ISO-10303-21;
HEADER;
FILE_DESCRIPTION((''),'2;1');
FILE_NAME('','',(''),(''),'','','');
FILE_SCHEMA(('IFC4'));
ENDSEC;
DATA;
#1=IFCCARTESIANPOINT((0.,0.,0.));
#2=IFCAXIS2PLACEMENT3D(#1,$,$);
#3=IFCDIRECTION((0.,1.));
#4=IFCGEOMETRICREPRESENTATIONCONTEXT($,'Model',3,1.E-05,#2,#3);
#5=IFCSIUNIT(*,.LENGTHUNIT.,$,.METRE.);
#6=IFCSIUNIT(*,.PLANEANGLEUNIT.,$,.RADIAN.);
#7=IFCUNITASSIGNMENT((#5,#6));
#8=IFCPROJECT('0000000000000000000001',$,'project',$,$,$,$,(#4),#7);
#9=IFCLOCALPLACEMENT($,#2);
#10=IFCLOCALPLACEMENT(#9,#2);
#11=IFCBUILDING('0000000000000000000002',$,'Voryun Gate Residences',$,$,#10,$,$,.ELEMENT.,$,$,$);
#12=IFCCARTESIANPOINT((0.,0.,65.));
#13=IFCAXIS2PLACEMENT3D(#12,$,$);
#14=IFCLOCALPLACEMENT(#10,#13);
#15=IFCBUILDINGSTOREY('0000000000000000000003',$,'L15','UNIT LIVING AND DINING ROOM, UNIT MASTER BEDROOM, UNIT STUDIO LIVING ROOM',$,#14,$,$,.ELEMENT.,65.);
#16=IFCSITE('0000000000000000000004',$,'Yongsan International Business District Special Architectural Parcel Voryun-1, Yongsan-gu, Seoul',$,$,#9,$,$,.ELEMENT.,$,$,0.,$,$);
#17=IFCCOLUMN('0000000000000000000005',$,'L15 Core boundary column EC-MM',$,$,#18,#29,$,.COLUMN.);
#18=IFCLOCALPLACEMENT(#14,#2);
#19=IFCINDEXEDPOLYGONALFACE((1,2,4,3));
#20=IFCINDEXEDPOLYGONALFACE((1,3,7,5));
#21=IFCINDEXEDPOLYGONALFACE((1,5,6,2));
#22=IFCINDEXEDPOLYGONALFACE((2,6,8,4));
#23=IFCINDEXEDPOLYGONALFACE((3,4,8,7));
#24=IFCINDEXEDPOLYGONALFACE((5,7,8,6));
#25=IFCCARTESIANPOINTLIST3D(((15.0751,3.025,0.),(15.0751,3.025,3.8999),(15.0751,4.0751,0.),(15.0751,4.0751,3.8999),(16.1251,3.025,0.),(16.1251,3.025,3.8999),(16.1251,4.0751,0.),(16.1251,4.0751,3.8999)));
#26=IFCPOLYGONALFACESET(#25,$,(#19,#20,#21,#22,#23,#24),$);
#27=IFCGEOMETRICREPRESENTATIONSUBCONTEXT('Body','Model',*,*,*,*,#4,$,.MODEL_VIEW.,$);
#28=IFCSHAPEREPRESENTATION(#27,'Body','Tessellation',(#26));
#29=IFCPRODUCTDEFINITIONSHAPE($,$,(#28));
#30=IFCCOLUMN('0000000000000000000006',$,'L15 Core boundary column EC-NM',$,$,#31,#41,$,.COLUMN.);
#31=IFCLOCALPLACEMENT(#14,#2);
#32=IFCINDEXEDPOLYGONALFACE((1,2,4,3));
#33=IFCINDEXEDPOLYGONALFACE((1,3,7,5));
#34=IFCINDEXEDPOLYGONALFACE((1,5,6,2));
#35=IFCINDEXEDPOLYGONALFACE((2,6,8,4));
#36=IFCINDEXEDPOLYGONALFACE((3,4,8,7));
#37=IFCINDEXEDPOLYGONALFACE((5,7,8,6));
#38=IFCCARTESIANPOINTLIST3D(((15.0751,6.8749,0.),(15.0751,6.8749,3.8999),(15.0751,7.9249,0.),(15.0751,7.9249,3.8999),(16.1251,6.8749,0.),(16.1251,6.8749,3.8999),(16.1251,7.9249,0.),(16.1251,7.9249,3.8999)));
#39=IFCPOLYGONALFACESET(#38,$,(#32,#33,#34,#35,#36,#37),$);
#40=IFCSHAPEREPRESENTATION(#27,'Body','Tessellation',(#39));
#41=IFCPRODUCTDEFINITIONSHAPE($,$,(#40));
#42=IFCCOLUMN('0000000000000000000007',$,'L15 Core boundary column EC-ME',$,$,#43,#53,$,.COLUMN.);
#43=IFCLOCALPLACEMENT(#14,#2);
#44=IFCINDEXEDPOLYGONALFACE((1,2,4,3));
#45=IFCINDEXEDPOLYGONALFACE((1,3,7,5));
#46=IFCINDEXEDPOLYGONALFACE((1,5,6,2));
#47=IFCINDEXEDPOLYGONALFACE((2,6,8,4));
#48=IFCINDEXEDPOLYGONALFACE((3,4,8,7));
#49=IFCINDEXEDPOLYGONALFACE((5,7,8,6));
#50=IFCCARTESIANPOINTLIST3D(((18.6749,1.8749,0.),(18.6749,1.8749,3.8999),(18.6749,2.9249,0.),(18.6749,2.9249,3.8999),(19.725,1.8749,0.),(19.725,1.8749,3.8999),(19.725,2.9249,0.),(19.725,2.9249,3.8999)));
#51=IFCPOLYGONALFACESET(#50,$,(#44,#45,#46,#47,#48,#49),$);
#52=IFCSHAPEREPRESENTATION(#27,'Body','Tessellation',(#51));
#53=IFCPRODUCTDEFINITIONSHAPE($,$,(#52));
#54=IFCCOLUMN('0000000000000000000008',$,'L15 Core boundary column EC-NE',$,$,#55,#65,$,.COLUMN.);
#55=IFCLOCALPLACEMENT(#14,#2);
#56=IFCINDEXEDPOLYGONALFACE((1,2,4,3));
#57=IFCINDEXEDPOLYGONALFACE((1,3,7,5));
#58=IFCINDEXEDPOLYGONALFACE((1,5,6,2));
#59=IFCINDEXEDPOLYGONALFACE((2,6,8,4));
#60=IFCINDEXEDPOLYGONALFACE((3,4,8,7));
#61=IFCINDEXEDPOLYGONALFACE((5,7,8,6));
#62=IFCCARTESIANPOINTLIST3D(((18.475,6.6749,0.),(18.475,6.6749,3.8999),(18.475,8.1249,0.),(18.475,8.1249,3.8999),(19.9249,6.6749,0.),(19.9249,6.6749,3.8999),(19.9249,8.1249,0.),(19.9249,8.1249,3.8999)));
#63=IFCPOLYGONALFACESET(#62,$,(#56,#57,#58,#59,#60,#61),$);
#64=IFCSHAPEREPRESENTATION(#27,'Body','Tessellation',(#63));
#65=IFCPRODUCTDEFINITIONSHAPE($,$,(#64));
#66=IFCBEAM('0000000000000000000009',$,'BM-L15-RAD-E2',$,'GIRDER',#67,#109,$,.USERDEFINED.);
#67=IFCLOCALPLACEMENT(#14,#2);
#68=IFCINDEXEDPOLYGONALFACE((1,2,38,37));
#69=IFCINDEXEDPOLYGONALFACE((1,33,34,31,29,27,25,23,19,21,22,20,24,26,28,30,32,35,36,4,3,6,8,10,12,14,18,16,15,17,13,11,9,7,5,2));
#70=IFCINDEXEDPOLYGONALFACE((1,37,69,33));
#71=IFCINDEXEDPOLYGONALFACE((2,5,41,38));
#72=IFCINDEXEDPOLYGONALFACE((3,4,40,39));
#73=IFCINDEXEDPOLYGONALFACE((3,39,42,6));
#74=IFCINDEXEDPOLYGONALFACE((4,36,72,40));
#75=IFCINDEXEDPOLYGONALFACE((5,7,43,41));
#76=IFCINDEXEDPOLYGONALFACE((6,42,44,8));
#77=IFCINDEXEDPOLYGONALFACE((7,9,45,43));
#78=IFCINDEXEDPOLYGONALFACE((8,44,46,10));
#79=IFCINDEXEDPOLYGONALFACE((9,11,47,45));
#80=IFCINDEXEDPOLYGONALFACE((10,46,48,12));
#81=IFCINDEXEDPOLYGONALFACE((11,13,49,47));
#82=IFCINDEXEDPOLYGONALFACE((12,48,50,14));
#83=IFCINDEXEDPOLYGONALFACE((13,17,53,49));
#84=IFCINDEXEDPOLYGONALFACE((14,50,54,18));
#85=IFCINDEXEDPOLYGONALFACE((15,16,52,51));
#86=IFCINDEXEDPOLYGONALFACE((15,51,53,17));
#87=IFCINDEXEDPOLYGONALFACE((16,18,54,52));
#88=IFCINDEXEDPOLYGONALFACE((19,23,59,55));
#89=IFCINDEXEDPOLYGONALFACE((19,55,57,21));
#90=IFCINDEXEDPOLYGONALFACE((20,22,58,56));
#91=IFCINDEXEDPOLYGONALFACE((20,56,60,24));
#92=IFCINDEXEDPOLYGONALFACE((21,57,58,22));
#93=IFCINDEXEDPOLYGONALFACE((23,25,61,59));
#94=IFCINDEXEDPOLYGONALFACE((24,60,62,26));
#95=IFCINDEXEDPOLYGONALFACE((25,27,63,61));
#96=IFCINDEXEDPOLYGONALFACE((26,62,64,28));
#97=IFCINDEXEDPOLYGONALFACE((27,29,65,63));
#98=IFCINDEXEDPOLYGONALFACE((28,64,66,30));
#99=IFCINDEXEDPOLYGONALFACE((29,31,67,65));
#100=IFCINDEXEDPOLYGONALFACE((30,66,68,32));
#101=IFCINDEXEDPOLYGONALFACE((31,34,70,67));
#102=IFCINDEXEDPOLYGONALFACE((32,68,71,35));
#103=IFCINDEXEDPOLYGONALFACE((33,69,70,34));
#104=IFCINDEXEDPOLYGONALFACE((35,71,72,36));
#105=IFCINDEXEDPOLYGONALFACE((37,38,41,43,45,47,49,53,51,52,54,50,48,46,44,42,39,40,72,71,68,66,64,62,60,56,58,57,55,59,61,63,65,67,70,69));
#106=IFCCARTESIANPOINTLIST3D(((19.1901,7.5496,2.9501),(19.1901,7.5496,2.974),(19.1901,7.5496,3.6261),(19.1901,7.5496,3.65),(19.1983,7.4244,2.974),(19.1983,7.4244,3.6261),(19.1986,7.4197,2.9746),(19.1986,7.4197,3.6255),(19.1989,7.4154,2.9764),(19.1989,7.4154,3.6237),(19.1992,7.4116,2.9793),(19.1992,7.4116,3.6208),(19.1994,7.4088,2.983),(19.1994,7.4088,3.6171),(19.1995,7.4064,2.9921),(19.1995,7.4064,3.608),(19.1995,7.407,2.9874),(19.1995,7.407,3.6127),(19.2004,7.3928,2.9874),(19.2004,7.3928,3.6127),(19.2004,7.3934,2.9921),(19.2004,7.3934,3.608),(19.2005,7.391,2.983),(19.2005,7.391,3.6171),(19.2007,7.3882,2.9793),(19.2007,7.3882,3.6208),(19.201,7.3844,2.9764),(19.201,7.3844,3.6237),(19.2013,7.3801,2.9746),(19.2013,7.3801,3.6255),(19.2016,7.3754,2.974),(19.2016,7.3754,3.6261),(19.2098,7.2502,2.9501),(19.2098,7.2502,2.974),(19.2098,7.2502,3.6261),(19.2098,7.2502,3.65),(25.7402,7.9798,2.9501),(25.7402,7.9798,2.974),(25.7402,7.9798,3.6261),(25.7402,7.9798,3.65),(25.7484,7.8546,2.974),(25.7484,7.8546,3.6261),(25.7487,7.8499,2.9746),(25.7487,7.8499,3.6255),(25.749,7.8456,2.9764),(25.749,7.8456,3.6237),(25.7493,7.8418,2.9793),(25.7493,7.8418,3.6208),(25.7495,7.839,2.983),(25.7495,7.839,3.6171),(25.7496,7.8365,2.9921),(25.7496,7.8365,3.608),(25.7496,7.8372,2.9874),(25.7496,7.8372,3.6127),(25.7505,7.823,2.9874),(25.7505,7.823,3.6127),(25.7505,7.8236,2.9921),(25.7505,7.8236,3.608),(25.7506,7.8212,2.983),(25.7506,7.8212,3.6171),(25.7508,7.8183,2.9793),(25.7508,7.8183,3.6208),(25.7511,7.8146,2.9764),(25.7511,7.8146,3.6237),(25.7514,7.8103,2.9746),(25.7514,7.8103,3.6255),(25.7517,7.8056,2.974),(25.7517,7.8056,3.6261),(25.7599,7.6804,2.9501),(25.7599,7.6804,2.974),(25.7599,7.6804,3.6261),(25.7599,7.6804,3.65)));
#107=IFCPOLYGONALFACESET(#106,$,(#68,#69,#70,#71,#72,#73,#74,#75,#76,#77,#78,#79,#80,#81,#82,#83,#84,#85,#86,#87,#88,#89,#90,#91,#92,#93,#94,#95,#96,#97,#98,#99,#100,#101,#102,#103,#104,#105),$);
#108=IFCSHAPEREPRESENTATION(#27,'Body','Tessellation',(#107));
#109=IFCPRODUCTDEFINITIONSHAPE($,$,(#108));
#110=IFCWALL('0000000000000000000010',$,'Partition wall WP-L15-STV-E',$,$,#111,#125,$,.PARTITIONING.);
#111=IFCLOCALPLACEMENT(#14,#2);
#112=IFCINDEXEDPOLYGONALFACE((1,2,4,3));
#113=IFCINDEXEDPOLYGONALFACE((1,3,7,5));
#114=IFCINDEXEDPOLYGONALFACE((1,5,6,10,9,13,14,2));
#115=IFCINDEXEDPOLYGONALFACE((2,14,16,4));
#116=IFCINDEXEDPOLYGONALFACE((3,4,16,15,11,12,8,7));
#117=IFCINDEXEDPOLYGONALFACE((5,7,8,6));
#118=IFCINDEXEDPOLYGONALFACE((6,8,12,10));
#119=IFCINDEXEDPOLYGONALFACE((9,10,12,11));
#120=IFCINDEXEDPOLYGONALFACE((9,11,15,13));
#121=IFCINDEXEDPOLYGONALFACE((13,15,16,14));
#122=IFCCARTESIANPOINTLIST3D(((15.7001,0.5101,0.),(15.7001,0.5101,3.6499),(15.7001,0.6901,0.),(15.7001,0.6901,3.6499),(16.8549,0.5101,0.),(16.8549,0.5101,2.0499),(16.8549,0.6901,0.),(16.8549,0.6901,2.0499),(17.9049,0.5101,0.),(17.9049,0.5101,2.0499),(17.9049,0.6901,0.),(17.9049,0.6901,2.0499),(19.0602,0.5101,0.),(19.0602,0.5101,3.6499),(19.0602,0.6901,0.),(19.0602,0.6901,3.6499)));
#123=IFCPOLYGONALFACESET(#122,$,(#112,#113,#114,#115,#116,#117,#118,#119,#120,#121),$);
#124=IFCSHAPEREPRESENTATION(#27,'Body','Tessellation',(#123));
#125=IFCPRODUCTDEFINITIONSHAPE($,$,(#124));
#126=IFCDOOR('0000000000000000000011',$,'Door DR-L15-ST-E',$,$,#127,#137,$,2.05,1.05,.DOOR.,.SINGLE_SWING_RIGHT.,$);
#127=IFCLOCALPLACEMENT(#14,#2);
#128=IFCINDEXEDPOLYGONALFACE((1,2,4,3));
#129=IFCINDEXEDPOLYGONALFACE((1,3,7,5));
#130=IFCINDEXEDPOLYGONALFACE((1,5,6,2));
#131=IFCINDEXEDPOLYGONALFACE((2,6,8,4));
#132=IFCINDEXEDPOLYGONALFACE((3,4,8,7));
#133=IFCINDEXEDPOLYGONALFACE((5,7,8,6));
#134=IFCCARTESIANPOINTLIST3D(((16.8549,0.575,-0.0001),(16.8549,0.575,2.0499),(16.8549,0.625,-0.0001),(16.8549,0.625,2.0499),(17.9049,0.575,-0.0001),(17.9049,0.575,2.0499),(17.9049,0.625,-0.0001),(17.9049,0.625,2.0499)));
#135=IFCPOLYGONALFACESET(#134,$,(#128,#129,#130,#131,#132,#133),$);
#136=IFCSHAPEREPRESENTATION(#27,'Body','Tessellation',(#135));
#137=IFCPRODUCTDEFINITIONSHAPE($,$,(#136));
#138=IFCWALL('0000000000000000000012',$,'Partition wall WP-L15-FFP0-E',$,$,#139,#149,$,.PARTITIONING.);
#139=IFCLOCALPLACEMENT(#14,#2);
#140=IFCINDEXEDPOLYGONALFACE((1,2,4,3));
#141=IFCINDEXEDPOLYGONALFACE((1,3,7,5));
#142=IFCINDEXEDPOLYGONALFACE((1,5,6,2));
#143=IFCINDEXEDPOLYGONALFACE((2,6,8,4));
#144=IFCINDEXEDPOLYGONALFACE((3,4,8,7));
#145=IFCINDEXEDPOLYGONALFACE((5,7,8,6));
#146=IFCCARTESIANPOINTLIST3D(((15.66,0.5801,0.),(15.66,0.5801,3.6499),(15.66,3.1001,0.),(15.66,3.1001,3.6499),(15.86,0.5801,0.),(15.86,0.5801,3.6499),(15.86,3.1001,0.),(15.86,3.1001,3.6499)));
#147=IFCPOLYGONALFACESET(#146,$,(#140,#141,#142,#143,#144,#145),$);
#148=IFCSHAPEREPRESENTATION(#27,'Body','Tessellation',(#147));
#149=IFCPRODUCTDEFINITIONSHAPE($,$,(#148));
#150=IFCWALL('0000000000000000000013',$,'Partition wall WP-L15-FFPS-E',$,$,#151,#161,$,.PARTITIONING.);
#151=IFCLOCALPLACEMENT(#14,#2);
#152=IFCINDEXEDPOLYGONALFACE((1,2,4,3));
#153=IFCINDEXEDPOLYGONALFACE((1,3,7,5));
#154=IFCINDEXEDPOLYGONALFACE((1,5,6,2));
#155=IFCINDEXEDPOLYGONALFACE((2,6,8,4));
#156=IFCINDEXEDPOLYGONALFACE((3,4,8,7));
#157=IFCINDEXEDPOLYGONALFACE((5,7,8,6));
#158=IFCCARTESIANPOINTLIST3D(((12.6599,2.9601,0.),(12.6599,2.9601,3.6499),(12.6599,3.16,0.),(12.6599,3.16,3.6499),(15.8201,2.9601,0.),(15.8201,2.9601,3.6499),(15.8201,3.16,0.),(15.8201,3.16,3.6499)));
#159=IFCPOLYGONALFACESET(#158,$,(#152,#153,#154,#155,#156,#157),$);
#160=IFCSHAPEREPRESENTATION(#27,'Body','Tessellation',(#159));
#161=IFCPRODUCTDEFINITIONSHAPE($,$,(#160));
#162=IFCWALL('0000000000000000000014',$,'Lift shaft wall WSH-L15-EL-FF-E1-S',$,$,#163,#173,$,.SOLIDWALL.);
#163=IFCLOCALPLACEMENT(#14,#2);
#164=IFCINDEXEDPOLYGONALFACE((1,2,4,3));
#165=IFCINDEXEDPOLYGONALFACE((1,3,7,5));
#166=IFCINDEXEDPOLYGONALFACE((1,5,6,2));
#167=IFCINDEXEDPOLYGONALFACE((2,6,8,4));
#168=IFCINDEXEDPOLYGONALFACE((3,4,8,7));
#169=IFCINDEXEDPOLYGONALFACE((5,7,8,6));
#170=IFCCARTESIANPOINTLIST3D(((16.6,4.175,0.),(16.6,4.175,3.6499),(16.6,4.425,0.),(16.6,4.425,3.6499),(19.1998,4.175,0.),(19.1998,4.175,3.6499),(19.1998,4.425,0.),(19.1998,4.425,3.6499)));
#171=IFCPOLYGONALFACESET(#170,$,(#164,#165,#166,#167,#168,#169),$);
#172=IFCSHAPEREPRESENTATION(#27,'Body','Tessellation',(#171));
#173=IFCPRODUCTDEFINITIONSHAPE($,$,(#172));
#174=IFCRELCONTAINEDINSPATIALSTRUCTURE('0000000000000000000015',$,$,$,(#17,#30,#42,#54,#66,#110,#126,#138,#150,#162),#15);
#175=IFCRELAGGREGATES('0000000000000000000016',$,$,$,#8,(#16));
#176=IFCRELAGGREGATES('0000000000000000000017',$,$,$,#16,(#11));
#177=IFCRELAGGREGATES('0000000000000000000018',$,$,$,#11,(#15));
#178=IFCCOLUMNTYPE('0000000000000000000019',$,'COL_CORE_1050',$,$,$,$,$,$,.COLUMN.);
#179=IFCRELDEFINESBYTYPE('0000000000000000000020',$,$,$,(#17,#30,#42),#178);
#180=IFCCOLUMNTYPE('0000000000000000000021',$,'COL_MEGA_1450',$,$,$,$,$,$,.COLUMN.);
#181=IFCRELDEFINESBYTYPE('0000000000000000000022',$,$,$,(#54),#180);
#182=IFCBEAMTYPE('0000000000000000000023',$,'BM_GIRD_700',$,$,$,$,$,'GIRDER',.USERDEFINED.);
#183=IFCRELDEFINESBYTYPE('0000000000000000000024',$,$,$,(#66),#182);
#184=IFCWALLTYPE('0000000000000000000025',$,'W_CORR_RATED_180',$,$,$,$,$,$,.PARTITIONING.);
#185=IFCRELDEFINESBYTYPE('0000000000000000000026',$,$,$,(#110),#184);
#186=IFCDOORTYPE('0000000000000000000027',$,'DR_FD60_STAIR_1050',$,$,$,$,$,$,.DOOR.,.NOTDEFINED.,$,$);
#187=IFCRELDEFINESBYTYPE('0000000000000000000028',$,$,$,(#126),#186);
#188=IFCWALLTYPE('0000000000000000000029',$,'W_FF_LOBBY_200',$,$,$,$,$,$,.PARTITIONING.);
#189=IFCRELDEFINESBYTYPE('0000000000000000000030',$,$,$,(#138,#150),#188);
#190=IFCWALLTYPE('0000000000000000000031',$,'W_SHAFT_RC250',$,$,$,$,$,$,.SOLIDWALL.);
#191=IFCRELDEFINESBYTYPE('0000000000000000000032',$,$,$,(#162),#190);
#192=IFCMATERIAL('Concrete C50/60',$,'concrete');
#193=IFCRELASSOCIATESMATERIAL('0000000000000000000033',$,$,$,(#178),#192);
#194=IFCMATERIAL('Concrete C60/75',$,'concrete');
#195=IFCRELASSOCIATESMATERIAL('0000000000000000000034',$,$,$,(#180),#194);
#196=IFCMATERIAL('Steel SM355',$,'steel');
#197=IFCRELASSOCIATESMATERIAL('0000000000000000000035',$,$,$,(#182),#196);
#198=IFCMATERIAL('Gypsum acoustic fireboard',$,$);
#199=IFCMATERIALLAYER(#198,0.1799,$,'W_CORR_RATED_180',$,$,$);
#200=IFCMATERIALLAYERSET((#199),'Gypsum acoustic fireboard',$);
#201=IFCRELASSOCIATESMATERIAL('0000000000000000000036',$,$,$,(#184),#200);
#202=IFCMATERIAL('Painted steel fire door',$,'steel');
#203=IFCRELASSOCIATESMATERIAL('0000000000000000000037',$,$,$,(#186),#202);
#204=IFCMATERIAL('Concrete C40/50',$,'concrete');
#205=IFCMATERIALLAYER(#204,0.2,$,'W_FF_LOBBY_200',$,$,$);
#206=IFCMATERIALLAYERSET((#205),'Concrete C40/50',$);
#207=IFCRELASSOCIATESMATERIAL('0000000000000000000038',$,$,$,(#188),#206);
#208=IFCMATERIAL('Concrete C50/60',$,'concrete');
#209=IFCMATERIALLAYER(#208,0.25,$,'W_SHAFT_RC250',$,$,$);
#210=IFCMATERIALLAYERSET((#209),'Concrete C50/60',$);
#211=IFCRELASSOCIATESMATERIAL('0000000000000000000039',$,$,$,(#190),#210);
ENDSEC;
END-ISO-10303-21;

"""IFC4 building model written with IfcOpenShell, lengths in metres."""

from ifc_helpers import new_model, si_unit, direction, frame, frame_2d, origin, origin_2d, place, context, subcontext, project, spatial, rectangle, i_section, extrude, material, layer, layer_set, material_profile, profile_set, type_object, element, fill, save


model = new_model("IFC4")

# Units and contexts
model_context = context("Model", 3, precision=1e-05, world=origin(), true_north=direction((0.0, 1.0)))
body_context = subcontext(model_context, "Body", "Model", "MODEL_VIEW")
ifc_project = project(units=[si_unit("LENGTHUNIT", "METRE"), si_unit("PLANEANGLEUNIT", "RADIAN")], contexts=[model_context])

# Site, building, storey
site_placement = place(None, origin())
site = spatial("IfcSite", under=ifc_project, at=site_placement, Name="Yongsan International Business District Special Architectural Parcel Voryun-1, Yongsan-gu, Seoul", CompositionType="ELEMENT", RefElevation=0.0)
building_placement = place(site_placement, origin())
building = spatial("IfcBuilding", under=site, at=building_placement, Name="Voryun Gate Residences", CompositionType="ELEMENT")
storey_placement = place(building_placement, frame((0.0, 0.0, 65.0)))
storey = spatial("IfcBuildingStorey", under=building, at=storey_placement, Name="L15", Description="UNIT LIVING AND DINING ROOM, UNIT MASTER BEDROOM, UNIT STUDIO LIVING ROOM", CompositionType="ELEMENT", Elevation=65.0)

# Columns
ifc_material_1 = material(Name="Concrete C50/60", Category="concrete")
ifc_material_profile_1 = material_profile(ifc_material_1, rectangle(XDim=1.05, YDim=1.05, at=origin_2d()), Name="RC-1050x1050")
ifc_profile_set_1 = profile_set([ifc_material_profile_1], Name="Concrete C50/60")
column_type_1 = type_object("IfcColumnType", Name="COL_CORE_1050", PredefinedType="COLUMN", material=ifc_profile_set_1)
for number, where, z_axis, x_axis, name in (
    (1, (15.6001, 3.55, 0.0), (0.0, 0.0, 1.0), (1.0, 0.0, 0.0), "L15 Core boundary column EC-MM"),
    (2, (15.6001, 7.3999, 0.0), (0.0, 0.0, 1.0), (1.0, 0.0, 0.0), "L15 Core boundary column EC-NM"),
    (3, (19.2, 2.3999, 0.0), (0.0, 0.0, 1.0), (1.0, 0.0, 0.0), "L15 Core boundary column EC-ME"),
):
    element("IfcColumn", number, at=place(storey_placement, frame(where, z_axis=z_axis, x_axis=x_axis)), inside=storey, type_object=column_type_1, Name=name, PredefinedType="COLUMN", context=body_context, shape_type="SweptSolid", body=[
        extrude(rectangle(XDim=1.05, YDim=1.05, at=origin_2d()), origin(), (0.0, 0.0, 1.0), 3.8999),
    ])
ifc_material_2 = material(Name="Concrete C60/75", Category="concrete")
ifc_material_profile_2 = material_profile(ifc_material_2, rectangle(XDim=1.45, YDim=1.45, at=origin_2d()), Name="RC-1450x1450")
ifc_profile_set_2 = profile_set([ifc_material_profile_2], Name="Concrete C60/75")
column_type_2 = type_object("IfcColumnType", Name="COL_MEGA_1450", PredefinedType="COLUMN", material=ifc_profile_set_2)
column_placement = place(storey_placement, frame((19.2, 7.3999, 0.0), z_axis=(0.0, 0.0, 1.0), x_axis=(1.0, 0.0, 0.0)))
element("IfcColumn", 4, at=column_placement, inside=storey, type_object=column_type_2, Name="L15 Core boundary column EC-NE", PredefinedType="COLUMN", context=body_context, shape_type="SweptSolid", body=[
    extrude(rectangle(XDim=1.45, YDim=1.45, at=origin_2d()), origin(), (0.0, 0.0, 1.0), 3.8999),
])

# Beam
ifc_material_3 = material(Name="Steel SM355", Category="steel")
ifc_material_profile_3 = material_profile(ifc_material_3, i_section(OverallWidth=0.3, OverallDepth=0.7, WebThickness=0.0129, FlangeThickness=0.0239, FilletRadius=0.0181, at=origin_2d()), Name="H-700x300x13x24")
ifc_profile_set_3 = profile_set([ifc_material_profile_3], Name="Steel SM355")
beam_type = type_object("IfcBeamType", Name="BM_GIRD_700", ElementType="GIRDER", PredefinedType="USERDEFINED", material=ifc_profile_set_3)
beam_placement = place(storey_placement, frame((19.2, 7.3999, 3.3), z_axis=(0.99785, 0.065534, 0.0), x_axis=(-0.065534, 0.99785, 0.0)))
element("IfcBeam", 5, at=beam_placement, inside=storey, type_object=beam_type, Name="BM-L15-RAD-E2", ObjectType="GIRDER", PredefinedType="USERDEFINED", context=body_context, shape_type="SweptSolid", body=[
    extrude(i_section(OverallWidth=0.3, OverallDepth=0.7, WebThickness=0.0129, FlangeThickness=0.0239, FilletRadius=0.0181, at=origin_2d()), origin(), (0.0, 0.0, 1.0), 6.5642),
])

# Wall, opening, door
ifc_material_4 = material(Name="Gypsum acoustic fireboard")
ifc_layer_1 = layer(ifc_material_4, 0.1799, Name="W_CORR_RATED_180")
ifc_layer_set_1 = layer_set([ifc_layer_1], Name="Gypsum acoustic fireboard")
wall_type_1 = type_object("IfcWallType", Name="W_CORR_RATED_180", PredefinedType="PARTITIONING", material=ifc_layer_set_1)
wall_1_placement = place(storey_placement, frame((15.7, 0.6001, 0.0), z_axis=(0.0, 0.0, 1.0), x_axis=(1.0, 0.0, 0.0)))
wall_1 = element("IfcWall", 6, at=wall_1_placement, inside=storey, type_object=wall_type_1, Name="Partition wall WP-L15-STV-E", PredefinedType="PARTITIONING", context=body_context, shape_type="SweptSolid", body=[
    extrude(rectangle(XDim=3.3601, YDim=0.1799, at=frame_2d((1.6802, 0.0))), origin(), (0.0, 0.0, 1.0), 3.6499),
])
opening_1_placement = place(wall_1_placement, frame((1.155, 0.0, 0.0)))
opening_1 = element("IfcOpeningElement", 7, at=opening_1_placement, cuts=wall_1, PredefinedType="OPENING", context=body_context, shape_type="SweptSolid", body=[
    extrude(rectangle(XDim=1.05, YDim=2.05, at=frame_2d((0.5249, 1.0249))), frame((0.0, 0.0999, 0.0), z_axis=(0.0, -1.0, 0.0), x_axis=(1.0, 0.0, 0.0)), (0.0, 0.0, 1.0), 0.2),
])
ifc_material_5 = material(Name="Painted steel fire door", Category="steel")
door_type_1 = type_object("IfcDoorType", Name="DR_FD60_STAIR_1050", OperationType="NOTDEFINED", PredefinedType="DOOR", material=ifc_material_5)
door_1_placement = place(opening_1_placement, origin())
door_1 = element("IfcDoor", 8, at=door_1_placement, inside=storey, type_object=door_type_1, Name="Door DR-L15-ST-E", OperationType="SINGLE_SWING_RIGHT", OverallHeight=2.05, OverallWidth=1.05, PredefinedType="DOOR", context=body_context, shape_type="SweptSolid", body=[
    extrude(rectangle(XDim=1.05, YDim=2.05, at=frame_2d((0.5249, 1.0249))), frame((0.0, 0.0249, 0.0), z_axis=(0.0, -1.0, 0.0), x_axis=(1.0, 0.0, 0.0)), (0.0, 0.0, 1.0), 0.05),
])
fill(opening_1, door_1)

# Walls
ifc_material_6 = material(Name="Concrete C40/50", Category="concrete")
ifc_layer_2 = layer(ifc_material_6, 0.2, Name="W_FF_LOBBY_200")
ifc_layer_set_2 = layer_set([ifc_layer_2], Name="Concrete C40/50")
wall_type_2 = type_object("IfcWallType", Name="W_FF_LOBBY_200", PredefinedType="PARTITIONING", material=ifc_layer_set_2)
wall_2_placement = place(storey_placement, frame((15.76, 0.5801, 0.0), z_axis=(0.0, 0.0, 1.0), x_axis=(0.0, 1.0, 0.0)))
element("IfcWall", 9, at=wall_2_placement, inside=storey, type_object=wall_type_2, Name="Partition wall WP-L15-FFP0-E", PredefinedType="PARTITIONING", context=body_context, shape_type="SweptSolid", body=[
    extrude(rectangle(XDim=2.52, YDim=0.2, at=frame_2d((1.26, 0.0))), origin(), (0.0, 0.0, 1.0), 3.6499),
])
wall_3_placement = place(storey_placement, frame((12.6599, 3.0601, 0.0), z_axis=(0.0, 0.0, 1.0), x_axis=(1.0, 0.0, 0.0)))
element("IfcWall", 10, at=wall_3_placement, inside=storey, type_object=wall_type_2, Name="Partition wall WP-L15-FFPS-E", PredefinedType="PARTITIONING", context=body_context, shape_type="SweptSolid", body=[
    extrude(rectangle(XDim=3.1602, YDim=0.2, at=frame_2d((1.5801, 0.0))), origin(), (0.0, 0.0, 1.0), 3.6499),
])
ifc_material_7 = material(Name="Concrete C50/60", Category="concrete")
ifc_layer_3 = layer(ifc_material_7, 0.25, Name="W_SHAFT_RC250")
ifc_layer_set_3 = layer_set([ifc_layer_3], Name="Concrete C50/60")
wall_type_3 = type_object("IfcWallType", Name="W_SHAFT_RC250", PredefinedType="SOLIDWALL", material=ifc_layer_set_3)
wall_4_placement = place(storey_placement, frame((16.6001, 4.3, 0.0), z_axis=(0.0, 0.0, 1.0), x_axis=(1.0, 0.0, 0.0)))
element("IfcWall", 11, at=wall_4_placement, inside=storey, type_object=wall_type_3, Name="Lift shaft wall WSH-L15-EL-FF-E1-S", PredefinedType="SOLIDWALL", context=body_context, shape_type="SweptSolid", body=[
    extrude(rectangle(XDim=2.5999, YDim=0.25, at=frame_2d((1.2998, 0.0))), origin(), (0.0, 0.0, 1.0), 3.6499),
])

save(model, "model.ifc")
